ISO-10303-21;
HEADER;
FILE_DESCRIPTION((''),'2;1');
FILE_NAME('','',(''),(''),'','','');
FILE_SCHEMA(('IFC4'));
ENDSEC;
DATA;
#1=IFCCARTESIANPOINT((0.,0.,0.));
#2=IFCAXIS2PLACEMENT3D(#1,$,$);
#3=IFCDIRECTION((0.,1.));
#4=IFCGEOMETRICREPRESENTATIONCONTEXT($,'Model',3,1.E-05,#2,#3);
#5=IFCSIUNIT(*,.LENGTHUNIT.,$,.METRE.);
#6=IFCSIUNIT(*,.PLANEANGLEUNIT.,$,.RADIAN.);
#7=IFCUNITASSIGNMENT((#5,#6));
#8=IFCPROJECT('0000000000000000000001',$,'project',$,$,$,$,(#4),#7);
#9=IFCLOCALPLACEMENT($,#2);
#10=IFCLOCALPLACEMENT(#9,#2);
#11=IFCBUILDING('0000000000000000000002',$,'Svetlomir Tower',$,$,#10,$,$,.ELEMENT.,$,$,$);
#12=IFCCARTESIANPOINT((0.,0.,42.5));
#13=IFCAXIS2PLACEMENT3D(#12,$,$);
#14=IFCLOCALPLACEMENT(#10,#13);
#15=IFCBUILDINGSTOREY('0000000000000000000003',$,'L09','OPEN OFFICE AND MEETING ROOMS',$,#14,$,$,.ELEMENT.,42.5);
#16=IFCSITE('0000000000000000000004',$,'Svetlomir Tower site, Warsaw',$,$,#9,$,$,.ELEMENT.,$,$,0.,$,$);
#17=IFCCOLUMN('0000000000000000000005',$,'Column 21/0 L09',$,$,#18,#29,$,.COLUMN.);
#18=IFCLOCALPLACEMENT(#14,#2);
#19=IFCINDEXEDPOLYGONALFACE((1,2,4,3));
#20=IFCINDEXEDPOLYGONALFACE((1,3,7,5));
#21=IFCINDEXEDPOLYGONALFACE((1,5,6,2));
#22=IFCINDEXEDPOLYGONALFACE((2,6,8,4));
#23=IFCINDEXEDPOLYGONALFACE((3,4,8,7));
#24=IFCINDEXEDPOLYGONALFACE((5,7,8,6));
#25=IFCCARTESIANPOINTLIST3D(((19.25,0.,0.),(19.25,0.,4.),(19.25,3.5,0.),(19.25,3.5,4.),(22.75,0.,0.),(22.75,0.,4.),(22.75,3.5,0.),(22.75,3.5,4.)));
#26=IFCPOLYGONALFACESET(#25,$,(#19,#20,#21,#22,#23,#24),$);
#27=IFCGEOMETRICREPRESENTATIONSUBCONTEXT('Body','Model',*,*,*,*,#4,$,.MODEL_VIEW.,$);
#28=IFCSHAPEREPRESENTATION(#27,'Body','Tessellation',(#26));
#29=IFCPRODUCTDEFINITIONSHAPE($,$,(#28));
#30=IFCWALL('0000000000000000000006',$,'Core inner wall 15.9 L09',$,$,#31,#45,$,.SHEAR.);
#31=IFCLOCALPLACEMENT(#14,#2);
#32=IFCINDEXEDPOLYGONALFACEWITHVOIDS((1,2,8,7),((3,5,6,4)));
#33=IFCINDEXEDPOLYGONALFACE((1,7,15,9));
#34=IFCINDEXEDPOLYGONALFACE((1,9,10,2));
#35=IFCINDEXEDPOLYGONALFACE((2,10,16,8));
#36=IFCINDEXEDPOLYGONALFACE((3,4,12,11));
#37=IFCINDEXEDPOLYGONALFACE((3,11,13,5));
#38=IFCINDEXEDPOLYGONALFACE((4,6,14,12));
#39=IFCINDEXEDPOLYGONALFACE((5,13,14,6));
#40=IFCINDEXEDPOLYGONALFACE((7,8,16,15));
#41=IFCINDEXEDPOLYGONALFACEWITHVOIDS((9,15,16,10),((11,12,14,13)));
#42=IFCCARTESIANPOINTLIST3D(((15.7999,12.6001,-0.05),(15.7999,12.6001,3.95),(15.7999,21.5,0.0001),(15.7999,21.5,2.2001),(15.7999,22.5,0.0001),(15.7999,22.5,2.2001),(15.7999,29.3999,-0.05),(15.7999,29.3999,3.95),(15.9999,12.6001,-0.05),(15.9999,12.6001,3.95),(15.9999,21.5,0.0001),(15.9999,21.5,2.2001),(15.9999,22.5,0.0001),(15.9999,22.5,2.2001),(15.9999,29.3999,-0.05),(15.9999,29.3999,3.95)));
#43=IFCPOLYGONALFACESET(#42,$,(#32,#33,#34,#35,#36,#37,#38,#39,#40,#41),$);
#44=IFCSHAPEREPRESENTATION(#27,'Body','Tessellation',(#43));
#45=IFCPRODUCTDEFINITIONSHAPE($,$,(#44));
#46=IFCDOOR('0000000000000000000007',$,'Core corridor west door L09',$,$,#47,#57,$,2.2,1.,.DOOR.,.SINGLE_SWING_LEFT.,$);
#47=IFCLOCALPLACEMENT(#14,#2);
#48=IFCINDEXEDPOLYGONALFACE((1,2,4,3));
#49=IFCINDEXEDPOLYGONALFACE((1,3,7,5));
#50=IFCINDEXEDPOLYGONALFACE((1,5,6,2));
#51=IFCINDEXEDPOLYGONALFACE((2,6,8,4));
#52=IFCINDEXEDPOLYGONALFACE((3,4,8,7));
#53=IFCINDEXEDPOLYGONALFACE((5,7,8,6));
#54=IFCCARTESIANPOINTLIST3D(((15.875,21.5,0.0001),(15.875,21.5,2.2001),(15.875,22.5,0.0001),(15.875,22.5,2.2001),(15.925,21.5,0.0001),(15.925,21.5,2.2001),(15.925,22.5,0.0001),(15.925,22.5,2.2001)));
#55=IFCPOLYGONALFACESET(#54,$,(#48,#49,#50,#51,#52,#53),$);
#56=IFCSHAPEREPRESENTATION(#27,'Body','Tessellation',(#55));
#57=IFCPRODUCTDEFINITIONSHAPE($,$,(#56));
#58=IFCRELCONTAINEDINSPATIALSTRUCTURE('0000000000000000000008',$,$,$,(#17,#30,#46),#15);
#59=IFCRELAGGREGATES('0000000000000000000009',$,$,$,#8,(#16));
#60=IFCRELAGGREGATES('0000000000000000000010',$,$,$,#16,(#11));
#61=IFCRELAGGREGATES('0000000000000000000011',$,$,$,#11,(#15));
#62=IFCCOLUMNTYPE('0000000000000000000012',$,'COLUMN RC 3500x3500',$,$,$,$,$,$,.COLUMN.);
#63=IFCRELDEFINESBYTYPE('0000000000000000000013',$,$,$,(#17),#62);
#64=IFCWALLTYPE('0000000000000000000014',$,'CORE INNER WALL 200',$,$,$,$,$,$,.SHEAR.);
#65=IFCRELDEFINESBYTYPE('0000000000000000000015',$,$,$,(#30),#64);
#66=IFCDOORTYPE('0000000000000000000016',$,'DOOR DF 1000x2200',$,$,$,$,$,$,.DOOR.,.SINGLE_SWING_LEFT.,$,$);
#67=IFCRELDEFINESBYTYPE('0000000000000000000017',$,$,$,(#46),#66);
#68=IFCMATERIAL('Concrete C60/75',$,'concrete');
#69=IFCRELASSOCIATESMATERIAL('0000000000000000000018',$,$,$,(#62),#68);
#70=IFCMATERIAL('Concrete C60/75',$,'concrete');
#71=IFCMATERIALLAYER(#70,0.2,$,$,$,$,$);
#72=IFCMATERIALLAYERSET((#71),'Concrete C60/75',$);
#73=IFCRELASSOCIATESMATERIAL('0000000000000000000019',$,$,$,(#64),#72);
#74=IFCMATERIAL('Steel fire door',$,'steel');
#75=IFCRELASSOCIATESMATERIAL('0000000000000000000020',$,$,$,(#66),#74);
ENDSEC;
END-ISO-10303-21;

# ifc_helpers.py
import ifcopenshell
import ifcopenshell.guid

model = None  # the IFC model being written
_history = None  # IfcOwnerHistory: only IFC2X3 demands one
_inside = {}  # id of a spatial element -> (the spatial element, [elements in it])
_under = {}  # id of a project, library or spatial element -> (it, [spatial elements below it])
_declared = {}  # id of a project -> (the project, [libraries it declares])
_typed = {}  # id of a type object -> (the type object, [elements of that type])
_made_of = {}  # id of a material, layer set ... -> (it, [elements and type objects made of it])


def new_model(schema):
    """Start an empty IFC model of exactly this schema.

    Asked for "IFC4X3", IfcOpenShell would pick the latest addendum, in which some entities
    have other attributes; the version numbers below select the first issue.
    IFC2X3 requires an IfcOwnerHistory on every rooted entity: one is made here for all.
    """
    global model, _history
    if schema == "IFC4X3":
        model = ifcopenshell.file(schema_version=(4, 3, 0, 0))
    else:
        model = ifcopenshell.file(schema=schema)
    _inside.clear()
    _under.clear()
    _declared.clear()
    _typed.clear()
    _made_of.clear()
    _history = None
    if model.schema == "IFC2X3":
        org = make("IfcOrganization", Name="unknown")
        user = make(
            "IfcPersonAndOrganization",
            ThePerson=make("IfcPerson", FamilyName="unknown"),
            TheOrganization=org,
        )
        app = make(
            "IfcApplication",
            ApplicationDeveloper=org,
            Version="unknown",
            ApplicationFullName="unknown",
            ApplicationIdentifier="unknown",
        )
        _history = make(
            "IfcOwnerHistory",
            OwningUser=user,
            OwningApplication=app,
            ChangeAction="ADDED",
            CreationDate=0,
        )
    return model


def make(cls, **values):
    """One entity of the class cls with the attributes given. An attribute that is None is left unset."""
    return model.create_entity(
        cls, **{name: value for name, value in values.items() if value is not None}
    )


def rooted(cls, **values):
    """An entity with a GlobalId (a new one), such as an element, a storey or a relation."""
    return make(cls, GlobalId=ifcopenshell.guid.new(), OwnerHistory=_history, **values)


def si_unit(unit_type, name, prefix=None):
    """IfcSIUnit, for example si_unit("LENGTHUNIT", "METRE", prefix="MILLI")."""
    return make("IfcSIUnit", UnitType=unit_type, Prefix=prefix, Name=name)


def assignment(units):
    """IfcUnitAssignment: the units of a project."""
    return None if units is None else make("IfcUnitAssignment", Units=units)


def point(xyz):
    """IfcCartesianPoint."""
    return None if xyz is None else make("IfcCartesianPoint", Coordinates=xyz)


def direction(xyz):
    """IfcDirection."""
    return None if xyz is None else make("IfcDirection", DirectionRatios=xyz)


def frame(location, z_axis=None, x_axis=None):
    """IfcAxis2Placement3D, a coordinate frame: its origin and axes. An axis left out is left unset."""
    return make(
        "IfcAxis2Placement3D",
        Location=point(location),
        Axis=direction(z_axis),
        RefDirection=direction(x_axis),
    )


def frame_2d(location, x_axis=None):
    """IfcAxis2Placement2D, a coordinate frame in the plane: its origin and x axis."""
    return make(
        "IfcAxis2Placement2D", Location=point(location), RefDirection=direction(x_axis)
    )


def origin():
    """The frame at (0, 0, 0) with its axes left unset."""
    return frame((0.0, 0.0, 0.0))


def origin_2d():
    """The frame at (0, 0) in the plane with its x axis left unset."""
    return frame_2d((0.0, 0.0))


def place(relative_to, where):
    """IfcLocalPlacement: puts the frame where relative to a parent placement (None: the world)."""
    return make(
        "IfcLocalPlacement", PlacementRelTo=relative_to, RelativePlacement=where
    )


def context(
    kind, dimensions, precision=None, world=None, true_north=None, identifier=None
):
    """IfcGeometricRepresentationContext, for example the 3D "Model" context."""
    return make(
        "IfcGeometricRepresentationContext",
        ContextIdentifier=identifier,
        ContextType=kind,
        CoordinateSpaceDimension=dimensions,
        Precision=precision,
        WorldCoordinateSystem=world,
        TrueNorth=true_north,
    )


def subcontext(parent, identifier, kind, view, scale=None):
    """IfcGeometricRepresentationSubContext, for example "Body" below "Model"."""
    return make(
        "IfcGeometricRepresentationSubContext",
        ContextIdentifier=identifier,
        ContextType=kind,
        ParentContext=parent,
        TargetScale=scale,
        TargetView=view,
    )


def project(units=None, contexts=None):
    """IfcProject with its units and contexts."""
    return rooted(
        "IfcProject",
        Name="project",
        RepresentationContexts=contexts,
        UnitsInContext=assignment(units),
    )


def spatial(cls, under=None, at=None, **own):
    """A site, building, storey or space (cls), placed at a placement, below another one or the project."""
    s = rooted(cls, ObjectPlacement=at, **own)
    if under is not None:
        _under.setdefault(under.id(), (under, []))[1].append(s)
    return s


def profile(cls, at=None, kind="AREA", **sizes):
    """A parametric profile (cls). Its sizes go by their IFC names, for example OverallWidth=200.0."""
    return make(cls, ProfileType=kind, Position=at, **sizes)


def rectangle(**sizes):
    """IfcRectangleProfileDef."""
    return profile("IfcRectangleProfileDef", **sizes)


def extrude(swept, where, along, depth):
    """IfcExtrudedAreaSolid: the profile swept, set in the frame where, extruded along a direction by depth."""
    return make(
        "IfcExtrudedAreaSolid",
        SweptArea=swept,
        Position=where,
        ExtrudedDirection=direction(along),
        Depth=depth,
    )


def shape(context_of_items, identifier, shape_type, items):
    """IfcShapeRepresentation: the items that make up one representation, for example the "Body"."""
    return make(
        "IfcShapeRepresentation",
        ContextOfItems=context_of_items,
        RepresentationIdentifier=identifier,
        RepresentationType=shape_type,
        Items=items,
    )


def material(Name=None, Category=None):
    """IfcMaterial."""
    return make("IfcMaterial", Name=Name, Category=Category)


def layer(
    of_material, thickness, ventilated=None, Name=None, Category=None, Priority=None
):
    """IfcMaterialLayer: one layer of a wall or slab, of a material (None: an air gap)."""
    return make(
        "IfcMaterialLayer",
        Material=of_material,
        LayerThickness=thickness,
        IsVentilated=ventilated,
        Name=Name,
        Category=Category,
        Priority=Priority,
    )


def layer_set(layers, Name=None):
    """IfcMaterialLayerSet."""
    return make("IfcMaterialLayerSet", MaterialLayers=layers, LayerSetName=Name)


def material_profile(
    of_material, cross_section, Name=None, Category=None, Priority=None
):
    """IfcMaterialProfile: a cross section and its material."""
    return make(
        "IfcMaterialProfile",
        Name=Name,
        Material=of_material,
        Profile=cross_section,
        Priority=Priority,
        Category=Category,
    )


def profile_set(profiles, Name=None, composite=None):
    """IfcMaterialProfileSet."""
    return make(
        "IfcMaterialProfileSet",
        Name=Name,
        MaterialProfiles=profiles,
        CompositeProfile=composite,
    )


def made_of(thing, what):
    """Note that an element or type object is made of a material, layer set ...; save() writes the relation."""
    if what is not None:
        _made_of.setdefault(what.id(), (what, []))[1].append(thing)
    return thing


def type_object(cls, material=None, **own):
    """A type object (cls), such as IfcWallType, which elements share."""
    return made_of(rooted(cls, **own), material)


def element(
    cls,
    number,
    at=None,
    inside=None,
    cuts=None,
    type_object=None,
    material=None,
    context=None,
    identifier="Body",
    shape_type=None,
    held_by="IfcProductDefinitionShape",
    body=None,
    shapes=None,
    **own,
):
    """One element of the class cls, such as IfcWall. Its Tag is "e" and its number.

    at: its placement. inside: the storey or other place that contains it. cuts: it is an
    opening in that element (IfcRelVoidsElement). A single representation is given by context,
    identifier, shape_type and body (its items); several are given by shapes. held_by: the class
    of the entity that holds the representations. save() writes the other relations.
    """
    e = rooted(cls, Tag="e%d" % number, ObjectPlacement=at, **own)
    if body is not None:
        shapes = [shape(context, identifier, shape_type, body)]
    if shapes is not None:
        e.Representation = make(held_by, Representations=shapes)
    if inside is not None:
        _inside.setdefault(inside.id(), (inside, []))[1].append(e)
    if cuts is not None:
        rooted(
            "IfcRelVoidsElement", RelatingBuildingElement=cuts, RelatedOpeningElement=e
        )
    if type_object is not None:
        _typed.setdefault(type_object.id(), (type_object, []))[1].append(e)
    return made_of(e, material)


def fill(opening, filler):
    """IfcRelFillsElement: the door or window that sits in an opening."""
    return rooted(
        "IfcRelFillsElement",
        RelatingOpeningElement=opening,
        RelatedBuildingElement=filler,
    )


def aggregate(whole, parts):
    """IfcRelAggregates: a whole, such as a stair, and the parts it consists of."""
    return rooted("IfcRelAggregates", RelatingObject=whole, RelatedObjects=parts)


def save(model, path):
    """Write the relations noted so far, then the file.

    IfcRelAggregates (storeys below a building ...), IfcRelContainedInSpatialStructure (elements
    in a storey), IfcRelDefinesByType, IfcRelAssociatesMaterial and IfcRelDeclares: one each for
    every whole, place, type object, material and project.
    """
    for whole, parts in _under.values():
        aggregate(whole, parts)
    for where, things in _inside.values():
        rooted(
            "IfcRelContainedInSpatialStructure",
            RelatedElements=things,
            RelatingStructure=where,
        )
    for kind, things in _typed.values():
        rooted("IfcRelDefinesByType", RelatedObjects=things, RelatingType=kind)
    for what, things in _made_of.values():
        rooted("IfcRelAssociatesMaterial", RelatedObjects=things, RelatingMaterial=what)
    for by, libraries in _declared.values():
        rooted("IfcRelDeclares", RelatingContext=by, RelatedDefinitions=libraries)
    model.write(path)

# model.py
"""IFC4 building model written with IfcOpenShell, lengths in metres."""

from ifc_helpers import new_model, si_unit, direction, frame, frame_2d, origin, origin_2d, place, context, subcontext, project, spatial, rectangle, extrude, material, layer, layer_set, material_profile, profile_set, type_object, element, fill, save


model = new_model("IFC4")

# Units and contexts
model_context = context("Model", 3, precision=1e-05, world=origin(), true_north=direction((0.0, 1.0)))
body_context = subcontext(model_context, "Body", "Model", "MODEL_VIEW")
ifc_project = project(units=[si_unit("LENGTHUNIT", "METRE"), si_unit("PLANEANGLEUNIT", "RADIAN")], contexts=[model_context])

# Site, building, storey
site_placement = place(None, origin())
site = spatial("IfcSite", under=ifc_project, at=site_placement, Name="Svetlomir Tower site, Warsaw", CompositionType="ELEMENT", RefElevation=0.0)
building_placement = place(site_placement, origin())
building = spatial("IfcBuilding", under=site, at=building_placement, Name="Svetlomir Tower", CompositionType="ELEMENT")
storey_placement = place(building_placement, frame((0.0, 0.0, 42.5)))
storey = spatial("IfcBuildingStorey", under=building, at=storey_placement, Name="L09", Description="OPEN OFFICE AND MEETING ROOMS", CompositionType="ELEMENT", Elevation=42.5)

# Column
ifc_material_1 = material(Name="Concrete C60/75", Category="concrete")
ifc_material_profile = material_profile(ifc_material_1, rectangle(XDim=3.5, YDim=3.5, at=origin_2d()), Name="RC 3500x3500")
ifc_profile_set = profile_set([ifc_material_profile], Name="Concrete C60/75")
column_type = type_object("IfcColumnType", Name="COLUMN RC 3500x3500", PredefinedType="COLUMN", material=ifc_profile_set)
column_placement = place(storey_placement, frame((21.0, 1.75, 0.0), z_axis=(0.0, 0.0, 1.0), x_axis=(1.0, 0.0, 0.0)))
element("IfcColumn", 1, at=column_placement, inside=storey, type_object=column_type, Name="Column 21/0 L09", PredefinedType="COLUMN", context=body_context, shape_type="SweptSolid", body=[
    extrude(rectangle(XDim=3.5, YDim=3.5, at=origin_2d()), origin(), (0.0, 0.0, 1.0), 4.0),
])

# Wall, opening, door
ifc_material_2 = material(Name="Concrete C60/75", Category="concrete")
ifc_layer_1 = layer(ifc_material_2, 0.2)
ifc_layer_set_1 = layer_set([ifc_layer_1], Name="Concrete C60/75")
wall_type_1 = type_object("IfcWallType", Name="CORE INNER WALL 200", PredefinedType="SHEAR", material=ifc_layer_set_1)
wall_1_placement = place(storey_placement, frame((15.8999, 12.6001, -0.05), z_axis=(0.0, 0.0, 1.0), x_axis=(0.0, 1.0, 0.0)))
wall_1 = element("IfcWall", 2, at=wall_1_placement, inside=storey, type_object=wall_type_1, Name="Core inner wall 15.9 L09", PredefinedType="SHEAR", context=body_context, shape_type="SweptSolid", body=[
    extrude(rectangle(XDim=16.7998, YDim=0.2, at=frame_2d((8.3999, 0.0))), origin(), (0.0, 0.0, 1.0), 4.0),
])
opening_1_placement = place(wall_1_placement, frame((8.8999, 0.0, 0.05)))
opening_1 = element("IfcOpeningElement", 3, at=opening_1_placement, cuts=wall_1, PredefinedType="OPENING", context=body_context, shape_type="SweptSolid", body=[
    extrude(rectangle(XDim=1.0, YDim=2.2, at=frame_2d((0.5, 1.1001))), frame((0.0, 0.1099, 0.0), z_axis=(0.0, -1.0, 0.0), x_axis=(1.0, 0.0, 0.0)), (0.0, 0.0, 1.0), 0.22),
])
ifc_material_3 = material(Name="Steel fire door", Category="steel")
door_type_1 = type_object("IfcDoorType", Name="DOOR DF 1000x2200", OperationType="SINGLE_SWING_LEFT", PredefinedType="DOOR", material=ifc_material_3)
door_1_placement = place(opening_1_placement, origin())
door_1 = element("IfcDoor", 4, at=door_1_placement, inside=storey, type_object=door_type_1, Name="Core corridor west door L09", OperationType="SINGLE_SWING_LEFT", OverallHeight=2.2, OverallWidth=1.0, PredefinedType="DOOR", context=body_context, shape_type="SweptSolid", body=[
    extrude(rectangle(XDim=1.0, YDim=2.2, at=frame_2d((0.5, 1.1001))), frame((0.0, 0.0249, 0.0), z_axis=(0.0, -1.0, 0.0), x_axis=(1.0, 0.0, 0.0)), (0.0, 0.0, 1.0), 0.05),
])
fill(opening_1, door_1)

save(model, "model.ifc")
